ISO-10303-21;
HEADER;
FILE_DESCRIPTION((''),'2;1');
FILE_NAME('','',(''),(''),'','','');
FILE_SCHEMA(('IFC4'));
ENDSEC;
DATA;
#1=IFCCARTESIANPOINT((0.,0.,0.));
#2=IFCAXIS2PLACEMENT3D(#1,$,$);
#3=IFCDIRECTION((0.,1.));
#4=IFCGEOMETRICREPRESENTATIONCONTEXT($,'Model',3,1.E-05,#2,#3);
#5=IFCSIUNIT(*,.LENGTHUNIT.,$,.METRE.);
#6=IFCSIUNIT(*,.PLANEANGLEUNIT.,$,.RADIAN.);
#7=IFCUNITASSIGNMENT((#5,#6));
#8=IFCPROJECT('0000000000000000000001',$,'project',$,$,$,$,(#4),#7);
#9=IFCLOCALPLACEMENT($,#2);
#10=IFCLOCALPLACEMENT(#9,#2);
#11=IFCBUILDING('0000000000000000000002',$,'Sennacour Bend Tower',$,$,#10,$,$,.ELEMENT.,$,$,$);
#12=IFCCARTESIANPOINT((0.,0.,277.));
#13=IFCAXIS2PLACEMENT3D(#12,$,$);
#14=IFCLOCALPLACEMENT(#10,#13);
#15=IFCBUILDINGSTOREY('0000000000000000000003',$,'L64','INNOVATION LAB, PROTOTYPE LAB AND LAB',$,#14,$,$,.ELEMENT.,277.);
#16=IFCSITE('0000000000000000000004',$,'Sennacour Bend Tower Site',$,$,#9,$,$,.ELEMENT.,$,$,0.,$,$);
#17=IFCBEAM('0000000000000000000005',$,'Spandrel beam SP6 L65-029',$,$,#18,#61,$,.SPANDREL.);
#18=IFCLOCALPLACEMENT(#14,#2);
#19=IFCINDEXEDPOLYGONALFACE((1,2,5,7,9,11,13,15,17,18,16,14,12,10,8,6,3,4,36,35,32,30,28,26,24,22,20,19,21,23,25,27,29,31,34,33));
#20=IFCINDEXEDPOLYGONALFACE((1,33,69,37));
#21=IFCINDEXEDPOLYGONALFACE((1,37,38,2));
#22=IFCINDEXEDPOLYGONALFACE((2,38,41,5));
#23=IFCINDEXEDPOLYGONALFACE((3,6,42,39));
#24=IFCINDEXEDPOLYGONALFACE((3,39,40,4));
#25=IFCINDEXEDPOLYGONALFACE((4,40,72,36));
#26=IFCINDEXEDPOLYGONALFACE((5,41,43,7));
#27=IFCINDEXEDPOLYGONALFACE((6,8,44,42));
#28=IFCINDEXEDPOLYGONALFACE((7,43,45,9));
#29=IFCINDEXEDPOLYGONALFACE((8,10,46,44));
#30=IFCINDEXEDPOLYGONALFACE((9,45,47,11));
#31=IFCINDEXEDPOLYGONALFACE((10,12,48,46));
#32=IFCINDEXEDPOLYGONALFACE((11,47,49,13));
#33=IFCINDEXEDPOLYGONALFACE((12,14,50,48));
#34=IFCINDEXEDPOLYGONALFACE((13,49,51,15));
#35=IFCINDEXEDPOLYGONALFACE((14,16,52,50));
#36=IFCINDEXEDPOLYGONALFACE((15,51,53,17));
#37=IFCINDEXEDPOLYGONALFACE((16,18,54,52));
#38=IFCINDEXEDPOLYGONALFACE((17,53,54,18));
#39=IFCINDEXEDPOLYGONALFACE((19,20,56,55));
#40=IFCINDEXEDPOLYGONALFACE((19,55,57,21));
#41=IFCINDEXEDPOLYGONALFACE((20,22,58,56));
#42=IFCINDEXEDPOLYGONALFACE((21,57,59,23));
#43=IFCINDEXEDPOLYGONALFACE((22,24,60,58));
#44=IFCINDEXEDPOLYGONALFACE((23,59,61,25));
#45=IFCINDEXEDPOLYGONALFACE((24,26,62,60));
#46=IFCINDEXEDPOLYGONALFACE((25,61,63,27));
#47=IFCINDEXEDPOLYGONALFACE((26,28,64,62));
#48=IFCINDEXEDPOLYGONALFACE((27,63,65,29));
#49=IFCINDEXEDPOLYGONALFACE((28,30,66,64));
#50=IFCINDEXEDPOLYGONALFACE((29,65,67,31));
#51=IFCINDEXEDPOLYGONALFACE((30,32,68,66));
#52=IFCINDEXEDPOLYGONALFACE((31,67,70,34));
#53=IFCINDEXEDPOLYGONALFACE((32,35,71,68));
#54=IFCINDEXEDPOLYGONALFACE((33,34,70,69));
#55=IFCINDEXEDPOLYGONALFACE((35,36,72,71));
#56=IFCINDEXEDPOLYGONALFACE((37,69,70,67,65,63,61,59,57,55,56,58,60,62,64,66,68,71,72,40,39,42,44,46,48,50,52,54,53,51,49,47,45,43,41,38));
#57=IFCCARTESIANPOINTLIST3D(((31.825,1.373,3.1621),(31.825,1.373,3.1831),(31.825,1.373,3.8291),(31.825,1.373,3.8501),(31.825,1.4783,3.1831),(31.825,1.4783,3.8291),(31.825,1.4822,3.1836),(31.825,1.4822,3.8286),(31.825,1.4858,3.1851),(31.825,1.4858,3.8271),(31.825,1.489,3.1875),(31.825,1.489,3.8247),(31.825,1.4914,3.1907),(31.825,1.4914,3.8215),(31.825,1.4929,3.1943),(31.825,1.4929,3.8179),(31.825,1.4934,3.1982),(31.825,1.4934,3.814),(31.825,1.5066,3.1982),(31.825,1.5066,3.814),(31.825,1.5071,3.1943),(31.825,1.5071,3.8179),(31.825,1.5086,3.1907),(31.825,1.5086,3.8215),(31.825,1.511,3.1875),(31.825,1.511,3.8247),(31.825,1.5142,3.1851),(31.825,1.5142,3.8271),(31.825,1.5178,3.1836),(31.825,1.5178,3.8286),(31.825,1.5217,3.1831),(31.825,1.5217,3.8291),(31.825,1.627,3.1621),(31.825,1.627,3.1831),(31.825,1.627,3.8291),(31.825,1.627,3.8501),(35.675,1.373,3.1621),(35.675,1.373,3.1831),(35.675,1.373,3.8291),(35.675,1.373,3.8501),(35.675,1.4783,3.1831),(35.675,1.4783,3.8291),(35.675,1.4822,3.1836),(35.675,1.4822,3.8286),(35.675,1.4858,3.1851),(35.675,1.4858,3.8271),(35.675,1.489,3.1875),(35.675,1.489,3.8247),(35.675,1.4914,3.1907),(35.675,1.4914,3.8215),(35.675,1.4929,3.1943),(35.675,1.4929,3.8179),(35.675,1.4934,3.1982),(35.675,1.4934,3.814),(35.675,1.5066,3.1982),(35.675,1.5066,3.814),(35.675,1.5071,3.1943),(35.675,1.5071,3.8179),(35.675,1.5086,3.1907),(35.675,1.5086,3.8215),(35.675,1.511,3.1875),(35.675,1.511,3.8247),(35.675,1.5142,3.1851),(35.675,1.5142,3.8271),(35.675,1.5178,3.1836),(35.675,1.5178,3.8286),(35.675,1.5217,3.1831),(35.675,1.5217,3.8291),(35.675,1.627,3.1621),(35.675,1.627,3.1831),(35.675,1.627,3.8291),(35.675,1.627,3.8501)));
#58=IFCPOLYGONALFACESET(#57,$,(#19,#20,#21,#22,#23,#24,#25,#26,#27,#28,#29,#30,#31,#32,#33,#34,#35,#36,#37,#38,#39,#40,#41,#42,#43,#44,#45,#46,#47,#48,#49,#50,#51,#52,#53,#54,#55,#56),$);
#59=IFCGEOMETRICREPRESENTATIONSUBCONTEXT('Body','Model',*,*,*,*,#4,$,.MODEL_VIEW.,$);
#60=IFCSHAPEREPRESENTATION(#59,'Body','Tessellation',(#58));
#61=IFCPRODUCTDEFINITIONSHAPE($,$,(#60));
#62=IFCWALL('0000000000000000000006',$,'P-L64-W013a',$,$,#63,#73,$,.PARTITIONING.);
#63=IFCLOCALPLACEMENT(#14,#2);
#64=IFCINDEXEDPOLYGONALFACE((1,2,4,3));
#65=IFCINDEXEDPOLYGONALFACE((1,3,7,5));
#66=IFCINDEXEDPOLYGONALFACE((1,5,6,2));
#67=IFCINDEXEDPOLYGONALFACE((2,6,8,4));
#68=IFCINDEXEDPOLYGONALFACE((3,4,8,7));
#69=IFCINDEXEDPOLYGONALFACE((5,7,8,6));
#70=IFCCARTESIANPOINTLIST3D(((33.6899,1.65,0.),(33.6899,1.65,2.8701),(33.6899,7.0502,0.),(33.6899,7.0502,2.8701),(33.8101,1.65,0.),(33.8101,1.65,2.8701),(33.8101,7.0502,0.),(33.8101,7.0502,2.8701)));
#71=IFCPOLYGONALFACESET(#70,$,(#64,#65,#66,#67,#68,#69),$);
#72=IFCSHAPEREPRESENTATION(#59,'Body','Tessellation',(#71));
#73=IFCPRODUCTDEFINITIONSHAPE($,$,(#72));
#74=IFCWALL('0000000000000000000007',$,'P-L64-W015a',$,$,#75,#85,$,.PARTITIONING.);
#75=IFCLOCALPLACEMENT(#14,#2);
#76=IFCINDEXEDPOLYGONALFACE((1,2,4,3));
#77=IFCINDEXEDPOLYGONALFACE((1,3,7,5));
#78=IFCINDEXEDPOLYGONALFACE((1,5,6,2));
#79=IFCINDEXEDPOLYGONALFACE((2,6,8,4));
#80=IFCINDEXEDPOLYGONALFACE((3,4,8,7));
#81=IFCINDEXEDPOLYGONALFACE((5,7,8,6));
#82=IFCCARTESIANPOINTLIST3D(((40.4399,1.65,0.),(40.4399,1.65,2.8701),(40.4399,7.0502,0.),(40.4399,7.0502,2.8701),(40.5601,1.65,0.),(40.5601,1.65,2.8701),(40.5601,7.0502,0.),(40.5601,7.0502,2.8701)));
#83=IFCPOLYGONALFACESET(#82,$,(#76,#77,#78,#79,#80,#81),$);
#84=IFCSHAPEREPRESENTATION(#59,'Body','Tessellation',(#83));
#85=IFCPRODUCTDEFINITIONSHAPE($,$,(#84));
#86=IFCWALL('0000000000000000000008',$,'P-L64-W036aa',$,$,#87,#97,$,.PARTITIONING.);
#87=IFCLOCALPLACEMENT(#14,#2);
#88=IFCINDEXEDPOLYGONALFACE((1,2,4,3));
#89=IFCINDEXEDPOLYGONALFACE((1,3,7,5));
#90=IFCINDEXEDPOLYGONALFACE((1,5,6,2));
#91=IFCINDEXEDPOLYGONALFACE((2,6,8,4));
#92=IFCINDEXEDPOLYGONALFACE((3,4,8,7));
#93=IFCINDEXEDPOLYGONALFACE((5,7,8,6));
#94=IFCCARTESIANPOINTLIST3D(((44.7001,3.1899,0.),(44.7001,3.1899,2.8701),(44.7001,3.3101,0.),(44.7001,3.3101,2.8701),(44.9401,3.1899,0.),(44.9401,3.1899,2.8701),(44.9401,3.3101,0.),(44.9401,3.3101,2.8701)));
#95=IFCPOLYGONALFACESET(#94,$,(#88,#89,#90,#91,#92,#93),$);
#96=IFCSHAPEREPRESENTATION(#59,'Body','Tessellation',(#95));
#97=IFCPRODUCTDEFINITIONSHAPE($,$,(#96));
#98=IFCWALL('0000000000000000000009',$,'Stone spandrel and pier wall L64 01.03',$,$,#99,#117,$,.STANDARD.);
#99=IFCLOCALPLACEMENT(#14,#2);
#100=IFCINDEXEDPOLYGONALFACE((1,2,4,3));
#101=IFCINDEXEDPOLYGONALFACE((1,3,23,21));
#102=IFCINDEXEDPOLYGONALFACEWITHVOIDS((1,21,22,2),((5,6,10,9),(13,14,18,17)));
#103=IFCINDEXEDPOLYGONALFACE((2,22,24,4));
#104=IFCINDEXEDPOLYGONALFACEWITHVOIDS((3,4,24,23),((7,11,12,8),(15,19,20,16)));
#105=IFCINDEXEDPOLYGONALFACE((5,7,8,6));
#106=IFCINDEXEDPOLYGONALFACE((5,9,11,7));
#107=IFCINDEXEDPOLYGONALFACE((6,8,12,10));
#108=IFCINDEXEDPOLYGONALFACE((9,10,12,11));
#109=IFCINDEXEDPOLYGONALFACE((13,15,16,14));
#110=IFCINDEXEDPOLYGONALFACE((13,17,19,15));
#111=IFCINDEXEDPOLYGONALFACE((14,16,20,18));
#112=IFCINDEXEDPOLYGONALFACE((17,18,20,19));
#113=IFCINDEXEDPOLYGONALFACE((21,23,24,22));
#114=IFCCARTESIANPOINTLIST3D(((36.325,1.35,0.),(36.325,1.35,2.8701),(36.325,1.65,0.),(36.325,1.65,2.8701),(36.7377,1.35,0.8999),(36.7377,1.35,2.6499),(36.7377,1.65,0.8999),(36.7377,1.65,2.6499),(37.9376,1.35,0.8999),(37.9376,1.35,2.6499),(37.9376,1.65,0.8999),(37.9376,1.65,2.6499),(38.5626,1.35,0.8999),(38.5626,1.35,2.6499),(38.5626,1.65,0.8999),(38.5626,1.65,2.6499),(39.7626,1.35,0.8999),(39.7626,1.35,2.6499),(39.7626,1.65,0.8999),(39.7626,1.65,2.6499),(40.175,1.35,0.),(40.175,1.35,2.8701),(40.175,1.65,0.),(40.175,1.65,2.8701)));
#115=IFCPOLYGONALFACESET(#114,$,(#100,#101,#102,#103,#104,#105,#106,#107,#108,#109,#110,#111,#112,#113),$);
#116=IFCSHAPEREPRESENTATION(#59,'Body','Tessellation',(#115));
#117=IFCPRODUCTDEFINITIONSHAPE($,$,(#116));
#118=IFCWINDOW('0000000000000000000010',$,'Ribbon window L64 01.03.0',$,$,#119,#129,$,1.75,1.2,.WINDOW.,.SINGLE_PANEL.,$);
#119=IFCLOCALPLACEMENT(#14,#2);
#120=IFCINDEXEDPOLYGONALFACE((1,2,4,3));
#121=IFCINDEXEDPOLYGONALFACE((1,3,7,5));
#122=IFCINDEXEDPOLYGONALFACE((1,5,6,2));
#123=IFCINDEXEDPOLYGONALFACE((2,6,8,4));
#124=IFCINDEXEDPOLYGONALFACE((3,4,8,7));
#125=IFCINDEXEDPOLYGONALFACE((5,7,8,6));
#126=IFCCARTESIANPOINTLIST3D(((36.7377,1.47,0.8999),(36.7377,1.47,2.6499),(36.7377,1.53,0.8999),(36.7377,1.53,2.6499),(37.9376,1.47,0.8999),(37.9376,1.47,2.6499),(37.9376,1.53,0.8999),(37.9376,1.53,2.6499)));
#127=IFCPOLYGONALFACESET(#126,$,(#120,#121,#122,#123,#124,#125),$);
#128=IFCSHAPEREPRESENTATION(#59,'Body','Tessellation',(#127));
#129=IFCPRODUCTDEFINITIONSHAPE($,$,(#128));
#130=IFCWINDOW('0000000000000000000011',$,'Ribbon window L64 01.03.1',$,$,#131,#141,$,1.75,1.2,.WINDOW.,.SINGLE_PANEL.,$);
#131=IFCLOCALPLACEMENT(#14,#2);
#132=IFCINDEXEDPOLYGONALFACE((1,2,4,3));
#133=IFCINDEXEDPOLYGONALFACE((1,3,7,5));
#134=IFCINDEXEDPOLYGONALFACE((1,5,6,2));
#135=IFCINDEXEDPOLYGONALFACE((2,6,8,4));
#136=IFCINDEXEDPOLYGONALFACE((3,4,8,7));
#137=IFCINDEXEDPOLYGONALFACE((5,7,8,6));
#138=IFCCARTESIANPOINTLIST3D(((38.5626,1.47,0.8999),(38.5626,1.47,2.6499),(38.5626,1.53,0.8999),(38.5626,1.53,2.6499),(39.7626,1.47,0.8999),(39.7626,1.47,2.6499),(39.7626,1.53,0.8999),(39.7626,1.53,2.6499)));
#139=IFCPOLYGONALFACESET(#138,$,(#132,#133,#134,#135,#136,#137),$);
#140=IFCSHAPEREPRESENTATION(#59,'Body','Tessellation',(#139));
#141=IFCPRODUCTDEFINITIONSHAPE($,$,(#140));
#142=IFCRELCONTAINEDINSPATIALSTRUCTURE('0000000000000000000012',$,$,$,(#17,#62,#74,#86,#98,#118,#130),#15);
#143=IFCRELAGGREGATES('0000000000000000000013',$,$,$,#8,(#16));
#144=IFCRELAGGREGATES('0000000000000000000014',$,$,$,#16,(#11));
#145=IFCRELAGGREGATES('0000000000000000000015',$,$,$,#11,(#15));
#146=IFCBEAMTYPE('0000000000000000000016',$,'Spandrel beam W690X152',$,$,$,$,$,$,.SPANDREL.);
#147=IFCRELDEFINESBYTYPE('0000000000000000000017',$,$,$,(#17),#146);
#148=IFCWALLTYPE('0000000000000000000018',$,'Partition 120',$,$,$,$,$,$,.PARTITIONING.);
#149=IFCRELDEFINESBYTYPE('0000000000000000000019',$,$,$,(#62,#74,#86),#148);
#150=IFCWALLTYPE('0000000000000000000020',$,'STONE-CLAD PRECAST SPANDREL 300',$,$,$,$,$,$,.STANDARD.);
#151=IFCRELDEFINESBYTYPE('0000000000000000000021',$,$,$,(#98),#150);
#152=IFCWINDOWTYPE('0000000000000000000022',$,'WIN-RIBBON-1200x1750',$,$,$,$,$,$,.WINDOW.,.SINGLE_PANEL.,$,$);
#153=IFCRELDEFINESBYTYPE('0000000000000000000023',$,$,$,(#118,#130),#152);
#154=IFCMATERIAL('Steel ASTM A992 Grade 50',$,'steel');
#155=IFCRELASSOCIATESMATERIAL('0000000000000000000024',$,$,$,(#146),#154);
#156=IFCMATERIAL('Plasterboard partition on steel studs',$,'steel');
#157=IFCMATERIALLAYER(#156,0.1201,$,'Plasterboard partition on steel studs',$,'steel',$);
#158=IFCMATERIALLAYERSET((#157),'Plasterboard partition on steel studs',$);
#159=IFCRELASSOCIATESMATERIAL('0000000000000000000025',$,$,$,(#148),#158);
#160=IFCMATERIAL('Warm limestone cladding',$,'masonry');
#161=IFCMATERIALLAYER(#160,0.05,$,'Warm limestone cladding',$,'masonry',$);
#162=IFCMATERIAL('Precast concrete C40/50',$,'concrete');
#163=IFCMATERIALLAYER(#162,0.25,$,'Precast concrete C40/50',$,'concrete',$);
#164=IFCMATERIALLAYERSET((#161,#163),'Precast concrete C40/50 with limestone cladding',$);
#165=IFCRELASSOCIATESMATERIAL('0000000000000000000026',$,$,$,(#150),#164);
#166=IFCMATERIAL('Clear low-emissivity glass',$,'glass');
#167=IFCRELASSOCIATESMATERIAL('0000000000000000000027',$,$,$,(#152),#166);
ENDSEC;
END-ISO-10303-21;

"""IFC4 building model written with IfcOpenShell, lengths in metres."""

from ifc_helpers import new_model, si_unit, direction, frame, frame_2d, origin, origin_2d, place, context, subcontext, project, spatial, rectangle, i_section, extrude, material, layer, layer_set, material_profile, profile_set, type_object, element, fill, save


model = new_model("IFC4")

# Units and contexts
model_context = context("Model", 3, precision=1e-05, world=origin(), true_north=direction((0.0, 1.0)))
body_context = subcontext(model_context, "Body", "Model", "MODEL_VIEW")
ifc_project = project(units=[si_unit("LENGTHUNIT", "METRE"), si_unit("PLANEANGLEUNIT", "RADIAN")], contexts=[model_context])

# Site, building, storey
site_placement = place(None, origin())
site = spatial("IfcSite", under=ifc_project, at=site_placement, Name="Sennacour Bend Tower Site", CompositionType="ELEMENT", RefElevation=0.0)
building_placement = place(site_placement, origin())
building = spatial("IfcBuilding", under=site, at=building_placement, Name="Sennacour Bend Tower", CompositionType="ELEMENT")
storey_placement = place(building_placement, frame((0.0, 0.0, 277.0)))
storey = spatial("IfcBuildingStorey", under=building, at=storey_placement, Name="L64", Description="INNOVATION LAB, PROTOTYPE LAB AND LAB", CompositionType="ELEMENT", Elevation=277.0)

# Beam
ifc_material_1 = material(Name="Steel ASTM A992 Grade 50", Category="steel")
ifc_material_profile_1 = material_profile(ifc_material_1, i_section(OverallWidth=0.2539, OverallDepth=0.688, WebThickness=0.0132, FlangeThickness=0.021, FilletRadius=0.0151, at=origin_2d()), Name="Steel ASTM A992 Grade 50", Category="steel")
ifc_profile_set_1 = profile_set([ifc_material_profile_1], Name="Steel ASTM A992 Grade 50")
beam_type_1 = type_object("IfcBeamType", Name="Spandrel beam W690X152", PredefinedType="SPANDREL", material=ifc_profile_set_1)
for number, where, z_axis, x_axis, name in (
    (1, (35.675, 1.5, 3.5061), (-1.0, 0.0, 0.0), (0.0, -1.0, 0.0), "Spandrel beam SP6 L65-029"),
):
    element("IfcBeam", number, at=place(storey_placement, frame(where, z_axis=z_axis, x_axis=x_axis)), inside=storey, type_object=beam_type_1, Name=name, PredefinedType="SPANDREL", context=body_context, shape_type="SweptSolid", body=[
        extrude(i_section(OverallWidth=0.2539, OverallDepth=0.688, WebThickness=0.0132, FlangeThickness=0.021, FilletRadius=0.0151, at=origin_2d()), origin(), (0.0, 0.0, 1.0), 3.8501),
    ])

# Walls
ifc_material_2 = material(Name="Plasterboard partition on steel studs", Category="steel")
ifc_layer_1 = layer(ifc_material_2, 0.1201, Name="Plasterboard partition on steel studs", Category="steel")
ifc_layer_set_1 = layer_set([ifc_layer_1], Name="Plasterboard partition on steel studs")
wall_type_1 = type_object("IfcWallType", Name="Partition 120", PredefinedType="PARTITIONING", material=ifc_layer_set_1)
for number, where, z_axis, x_axis, name in (
    (2, (33.75, 1.6499, 0.0), (0.0, 0.0, 1.0), (0.0, 1.0, 0.0), "P-L64-W013a"),
    (3, (40.5, 1.6499, 0.0), (0.0, 0.0, 1.0), (0.0, 1.0, 0.0), "P-L64-W015a"),
):
    element("IfcWall", number, at=place(storey_placement, frame(where, z_axis=z_axis, x_axis=x_axis)), inside=storey, type_object=wall_type_1, Name=name, PredefinedType="PARTITIONING", context=body_context, shape_type="SweptSolid", body=[
        extrude(rectangle(XDim=5.4001, YDim=0.1201, at=frame_2d((2.7002, 0.0))), origin(), (0.0, 0.0, 1.0), 2.8701),
    ])
wall_1_placement = place(storey_placement, frame((44.7, 3.25, 0.0), z_axis=(0.0, 0.0, 1.0), x_axis=(1.0, 0.0, 0.0)))
element("IfcWall", 4, at=wall_1_placement, inside=storey, type_object=wall_type_1, Name="P-L64-W036aa", PredefinedType="PARTITIONING", context=body_context, shape_type="SweptSolid", body=[
    extrude(rectangle(XDim=0.24, YDim=0.1201, at=frame_2d((0.1201, 0.0))), origin(), (0.0, 0.0, 1.0), 2.8701),
])

# Wall, openings, windows
ifc_material_3 = material(Name="Warm limestone cladding", Category="masonry")
ifc_layer_2 = layer(ifc_material_3, 0.05, Name="Warm limestone cladding", Category="masonry")
ifc_material_4 = material(Name="Precast concrete C40/50", Category="concrete")
ifc_layer_3 = layer(ifc_material_4, 0.25, Name="Precast concrete C40/50", Category="concrete")
ifc_layer_set_2 = layer_set([ifc_layer_2, ifc_layer_3], Name="Precast concrete C40/50 with limestone cladding")
wall_type_2 = type_object("IfcWallType", Name="STONE-CLAD PRECAST SPANDREL 300", PredefinedType="STANDARD", material=ifc_layer_set_2)
wall_2_placement = place(storey_placement, frame((36.325, 1.5, 0.0), z_axis=(0.0, 0.0, 1.0), x_axis=(1.0, 0.0, 0.0)))
wall_2 = element("IfcWall", 5, at=wall_2_placement, inside=storey, type_object=wall_type_2, Name="Stone spandrel and pier wall L64 01.03", PredefinedType="STANDARD", context=body_context, shape_type="SweptSolid", body=[
    extrude(rectangle(XDim=3.8501, YDim=0.3, at=frame_2d((1.925, 0.0))), origin(), (0.0, 0.0, 1.0), 2.8701),
])
opening_1_placement = place(wall_2_placement, frame((0.4126, 0.0, 0.8999)))
opening_1 = element("IfcOpeningElement", 6, at=opening_1_placement, cuts=wall_2, PredefinedType="OPENING", context=body_context, shape_type="SweptSolid", body=[
    extrude(rectangle(XDim=1.2, YDim=1.75, at=frame_2d((0.6001, 0.875))), frame((0.0, 0.1602, 0.0), z_axis=(0.0, -1.0, 0.0), x_axis=(1.0, 0.0, 0.0)), (0.0, 0.0, 1.0), 0.3201),
])
opening_2_placement = place(wall_2_placement, frame((2.2375, 0.0, 0.8999)))
opening_2 = element("IfcOpeningElement", 7, at=opening_2_placement, cuts=wall_2, PredefinedType="OPENING", context=body_context, shape_type="SweptSolid", body=[
    extrude(rectangle(XDim=1.2, YDim=1.75, at=frame_2d((0.6001, 0.875))), frame((0.0, 0.1602, 0.0), z_axis=(0.0, -1.0, 0.0), x_axis=(1.0, 0.0, 0.0)), (0.0, 0.0, 1.0), 0.3201),
])
ifc_material_5 = material(Name="Clear low-emissivity glass", Category="glass")
window_type = type_object("IfcWindowType", Name="WIN-RIBBON-1200x1750", PartitioningType="SINGLE_PANEL", PredefinedType="WINDOW", material=ifc_material_5)
window_1_placement = place(opening_1_placement, origin())
window_1 = element("IfcWindow", 8, at=window_1_placement, inside=storey, type_object=window_type, Name="Ribbon window L64 01.03.0", OverallHeight=1.75, OverallWidth=1.2, PartitioningType="SINGLE_PANEL", PredefinedType="WINDOW", context=body_context, shape_type="SweptSolid", body=[
    extrude(rectangle(XDim=1.2, YDim=1.75, at=frame_2d((0.6001, 0.875))), frame((0.0, 0.03, 0.0), z_axis=(0.0, -1.0, 0.0), x_axis=(1.0, 0.0, 0.0)), (0.0, 0.0, 1.0), 0.0601),
])
fill(opening_1, window_1)
window_2_placement = place(opening_2_placement, origin())
window_2 = element("IfcWindow", 9, at=window_2_placement, inside=storey, type_object=window_type, Name="Ribbon window L64 01.03.1", OverallHeight=1.75, OverallWidth=1.2, PartitioningType="SINGLE_PANEL", PredefinedType="WINDOW", context=body_context, shape_type="SweptSolid", body=[
    extrude(rectangle(XDim=1.2, YDim=1.75, at=frame_2d((0.6001, 0.875))), frame((0.0, 0.03, 0.0), z_axis=(0.0, -1.0, 0.0), x_axis=(1.0, 0.0, 0.0)), (0.0, 0.0, 1.0), 0.0601),
])
fill(opening_2, window_2)

save(model, "model.ifc")
